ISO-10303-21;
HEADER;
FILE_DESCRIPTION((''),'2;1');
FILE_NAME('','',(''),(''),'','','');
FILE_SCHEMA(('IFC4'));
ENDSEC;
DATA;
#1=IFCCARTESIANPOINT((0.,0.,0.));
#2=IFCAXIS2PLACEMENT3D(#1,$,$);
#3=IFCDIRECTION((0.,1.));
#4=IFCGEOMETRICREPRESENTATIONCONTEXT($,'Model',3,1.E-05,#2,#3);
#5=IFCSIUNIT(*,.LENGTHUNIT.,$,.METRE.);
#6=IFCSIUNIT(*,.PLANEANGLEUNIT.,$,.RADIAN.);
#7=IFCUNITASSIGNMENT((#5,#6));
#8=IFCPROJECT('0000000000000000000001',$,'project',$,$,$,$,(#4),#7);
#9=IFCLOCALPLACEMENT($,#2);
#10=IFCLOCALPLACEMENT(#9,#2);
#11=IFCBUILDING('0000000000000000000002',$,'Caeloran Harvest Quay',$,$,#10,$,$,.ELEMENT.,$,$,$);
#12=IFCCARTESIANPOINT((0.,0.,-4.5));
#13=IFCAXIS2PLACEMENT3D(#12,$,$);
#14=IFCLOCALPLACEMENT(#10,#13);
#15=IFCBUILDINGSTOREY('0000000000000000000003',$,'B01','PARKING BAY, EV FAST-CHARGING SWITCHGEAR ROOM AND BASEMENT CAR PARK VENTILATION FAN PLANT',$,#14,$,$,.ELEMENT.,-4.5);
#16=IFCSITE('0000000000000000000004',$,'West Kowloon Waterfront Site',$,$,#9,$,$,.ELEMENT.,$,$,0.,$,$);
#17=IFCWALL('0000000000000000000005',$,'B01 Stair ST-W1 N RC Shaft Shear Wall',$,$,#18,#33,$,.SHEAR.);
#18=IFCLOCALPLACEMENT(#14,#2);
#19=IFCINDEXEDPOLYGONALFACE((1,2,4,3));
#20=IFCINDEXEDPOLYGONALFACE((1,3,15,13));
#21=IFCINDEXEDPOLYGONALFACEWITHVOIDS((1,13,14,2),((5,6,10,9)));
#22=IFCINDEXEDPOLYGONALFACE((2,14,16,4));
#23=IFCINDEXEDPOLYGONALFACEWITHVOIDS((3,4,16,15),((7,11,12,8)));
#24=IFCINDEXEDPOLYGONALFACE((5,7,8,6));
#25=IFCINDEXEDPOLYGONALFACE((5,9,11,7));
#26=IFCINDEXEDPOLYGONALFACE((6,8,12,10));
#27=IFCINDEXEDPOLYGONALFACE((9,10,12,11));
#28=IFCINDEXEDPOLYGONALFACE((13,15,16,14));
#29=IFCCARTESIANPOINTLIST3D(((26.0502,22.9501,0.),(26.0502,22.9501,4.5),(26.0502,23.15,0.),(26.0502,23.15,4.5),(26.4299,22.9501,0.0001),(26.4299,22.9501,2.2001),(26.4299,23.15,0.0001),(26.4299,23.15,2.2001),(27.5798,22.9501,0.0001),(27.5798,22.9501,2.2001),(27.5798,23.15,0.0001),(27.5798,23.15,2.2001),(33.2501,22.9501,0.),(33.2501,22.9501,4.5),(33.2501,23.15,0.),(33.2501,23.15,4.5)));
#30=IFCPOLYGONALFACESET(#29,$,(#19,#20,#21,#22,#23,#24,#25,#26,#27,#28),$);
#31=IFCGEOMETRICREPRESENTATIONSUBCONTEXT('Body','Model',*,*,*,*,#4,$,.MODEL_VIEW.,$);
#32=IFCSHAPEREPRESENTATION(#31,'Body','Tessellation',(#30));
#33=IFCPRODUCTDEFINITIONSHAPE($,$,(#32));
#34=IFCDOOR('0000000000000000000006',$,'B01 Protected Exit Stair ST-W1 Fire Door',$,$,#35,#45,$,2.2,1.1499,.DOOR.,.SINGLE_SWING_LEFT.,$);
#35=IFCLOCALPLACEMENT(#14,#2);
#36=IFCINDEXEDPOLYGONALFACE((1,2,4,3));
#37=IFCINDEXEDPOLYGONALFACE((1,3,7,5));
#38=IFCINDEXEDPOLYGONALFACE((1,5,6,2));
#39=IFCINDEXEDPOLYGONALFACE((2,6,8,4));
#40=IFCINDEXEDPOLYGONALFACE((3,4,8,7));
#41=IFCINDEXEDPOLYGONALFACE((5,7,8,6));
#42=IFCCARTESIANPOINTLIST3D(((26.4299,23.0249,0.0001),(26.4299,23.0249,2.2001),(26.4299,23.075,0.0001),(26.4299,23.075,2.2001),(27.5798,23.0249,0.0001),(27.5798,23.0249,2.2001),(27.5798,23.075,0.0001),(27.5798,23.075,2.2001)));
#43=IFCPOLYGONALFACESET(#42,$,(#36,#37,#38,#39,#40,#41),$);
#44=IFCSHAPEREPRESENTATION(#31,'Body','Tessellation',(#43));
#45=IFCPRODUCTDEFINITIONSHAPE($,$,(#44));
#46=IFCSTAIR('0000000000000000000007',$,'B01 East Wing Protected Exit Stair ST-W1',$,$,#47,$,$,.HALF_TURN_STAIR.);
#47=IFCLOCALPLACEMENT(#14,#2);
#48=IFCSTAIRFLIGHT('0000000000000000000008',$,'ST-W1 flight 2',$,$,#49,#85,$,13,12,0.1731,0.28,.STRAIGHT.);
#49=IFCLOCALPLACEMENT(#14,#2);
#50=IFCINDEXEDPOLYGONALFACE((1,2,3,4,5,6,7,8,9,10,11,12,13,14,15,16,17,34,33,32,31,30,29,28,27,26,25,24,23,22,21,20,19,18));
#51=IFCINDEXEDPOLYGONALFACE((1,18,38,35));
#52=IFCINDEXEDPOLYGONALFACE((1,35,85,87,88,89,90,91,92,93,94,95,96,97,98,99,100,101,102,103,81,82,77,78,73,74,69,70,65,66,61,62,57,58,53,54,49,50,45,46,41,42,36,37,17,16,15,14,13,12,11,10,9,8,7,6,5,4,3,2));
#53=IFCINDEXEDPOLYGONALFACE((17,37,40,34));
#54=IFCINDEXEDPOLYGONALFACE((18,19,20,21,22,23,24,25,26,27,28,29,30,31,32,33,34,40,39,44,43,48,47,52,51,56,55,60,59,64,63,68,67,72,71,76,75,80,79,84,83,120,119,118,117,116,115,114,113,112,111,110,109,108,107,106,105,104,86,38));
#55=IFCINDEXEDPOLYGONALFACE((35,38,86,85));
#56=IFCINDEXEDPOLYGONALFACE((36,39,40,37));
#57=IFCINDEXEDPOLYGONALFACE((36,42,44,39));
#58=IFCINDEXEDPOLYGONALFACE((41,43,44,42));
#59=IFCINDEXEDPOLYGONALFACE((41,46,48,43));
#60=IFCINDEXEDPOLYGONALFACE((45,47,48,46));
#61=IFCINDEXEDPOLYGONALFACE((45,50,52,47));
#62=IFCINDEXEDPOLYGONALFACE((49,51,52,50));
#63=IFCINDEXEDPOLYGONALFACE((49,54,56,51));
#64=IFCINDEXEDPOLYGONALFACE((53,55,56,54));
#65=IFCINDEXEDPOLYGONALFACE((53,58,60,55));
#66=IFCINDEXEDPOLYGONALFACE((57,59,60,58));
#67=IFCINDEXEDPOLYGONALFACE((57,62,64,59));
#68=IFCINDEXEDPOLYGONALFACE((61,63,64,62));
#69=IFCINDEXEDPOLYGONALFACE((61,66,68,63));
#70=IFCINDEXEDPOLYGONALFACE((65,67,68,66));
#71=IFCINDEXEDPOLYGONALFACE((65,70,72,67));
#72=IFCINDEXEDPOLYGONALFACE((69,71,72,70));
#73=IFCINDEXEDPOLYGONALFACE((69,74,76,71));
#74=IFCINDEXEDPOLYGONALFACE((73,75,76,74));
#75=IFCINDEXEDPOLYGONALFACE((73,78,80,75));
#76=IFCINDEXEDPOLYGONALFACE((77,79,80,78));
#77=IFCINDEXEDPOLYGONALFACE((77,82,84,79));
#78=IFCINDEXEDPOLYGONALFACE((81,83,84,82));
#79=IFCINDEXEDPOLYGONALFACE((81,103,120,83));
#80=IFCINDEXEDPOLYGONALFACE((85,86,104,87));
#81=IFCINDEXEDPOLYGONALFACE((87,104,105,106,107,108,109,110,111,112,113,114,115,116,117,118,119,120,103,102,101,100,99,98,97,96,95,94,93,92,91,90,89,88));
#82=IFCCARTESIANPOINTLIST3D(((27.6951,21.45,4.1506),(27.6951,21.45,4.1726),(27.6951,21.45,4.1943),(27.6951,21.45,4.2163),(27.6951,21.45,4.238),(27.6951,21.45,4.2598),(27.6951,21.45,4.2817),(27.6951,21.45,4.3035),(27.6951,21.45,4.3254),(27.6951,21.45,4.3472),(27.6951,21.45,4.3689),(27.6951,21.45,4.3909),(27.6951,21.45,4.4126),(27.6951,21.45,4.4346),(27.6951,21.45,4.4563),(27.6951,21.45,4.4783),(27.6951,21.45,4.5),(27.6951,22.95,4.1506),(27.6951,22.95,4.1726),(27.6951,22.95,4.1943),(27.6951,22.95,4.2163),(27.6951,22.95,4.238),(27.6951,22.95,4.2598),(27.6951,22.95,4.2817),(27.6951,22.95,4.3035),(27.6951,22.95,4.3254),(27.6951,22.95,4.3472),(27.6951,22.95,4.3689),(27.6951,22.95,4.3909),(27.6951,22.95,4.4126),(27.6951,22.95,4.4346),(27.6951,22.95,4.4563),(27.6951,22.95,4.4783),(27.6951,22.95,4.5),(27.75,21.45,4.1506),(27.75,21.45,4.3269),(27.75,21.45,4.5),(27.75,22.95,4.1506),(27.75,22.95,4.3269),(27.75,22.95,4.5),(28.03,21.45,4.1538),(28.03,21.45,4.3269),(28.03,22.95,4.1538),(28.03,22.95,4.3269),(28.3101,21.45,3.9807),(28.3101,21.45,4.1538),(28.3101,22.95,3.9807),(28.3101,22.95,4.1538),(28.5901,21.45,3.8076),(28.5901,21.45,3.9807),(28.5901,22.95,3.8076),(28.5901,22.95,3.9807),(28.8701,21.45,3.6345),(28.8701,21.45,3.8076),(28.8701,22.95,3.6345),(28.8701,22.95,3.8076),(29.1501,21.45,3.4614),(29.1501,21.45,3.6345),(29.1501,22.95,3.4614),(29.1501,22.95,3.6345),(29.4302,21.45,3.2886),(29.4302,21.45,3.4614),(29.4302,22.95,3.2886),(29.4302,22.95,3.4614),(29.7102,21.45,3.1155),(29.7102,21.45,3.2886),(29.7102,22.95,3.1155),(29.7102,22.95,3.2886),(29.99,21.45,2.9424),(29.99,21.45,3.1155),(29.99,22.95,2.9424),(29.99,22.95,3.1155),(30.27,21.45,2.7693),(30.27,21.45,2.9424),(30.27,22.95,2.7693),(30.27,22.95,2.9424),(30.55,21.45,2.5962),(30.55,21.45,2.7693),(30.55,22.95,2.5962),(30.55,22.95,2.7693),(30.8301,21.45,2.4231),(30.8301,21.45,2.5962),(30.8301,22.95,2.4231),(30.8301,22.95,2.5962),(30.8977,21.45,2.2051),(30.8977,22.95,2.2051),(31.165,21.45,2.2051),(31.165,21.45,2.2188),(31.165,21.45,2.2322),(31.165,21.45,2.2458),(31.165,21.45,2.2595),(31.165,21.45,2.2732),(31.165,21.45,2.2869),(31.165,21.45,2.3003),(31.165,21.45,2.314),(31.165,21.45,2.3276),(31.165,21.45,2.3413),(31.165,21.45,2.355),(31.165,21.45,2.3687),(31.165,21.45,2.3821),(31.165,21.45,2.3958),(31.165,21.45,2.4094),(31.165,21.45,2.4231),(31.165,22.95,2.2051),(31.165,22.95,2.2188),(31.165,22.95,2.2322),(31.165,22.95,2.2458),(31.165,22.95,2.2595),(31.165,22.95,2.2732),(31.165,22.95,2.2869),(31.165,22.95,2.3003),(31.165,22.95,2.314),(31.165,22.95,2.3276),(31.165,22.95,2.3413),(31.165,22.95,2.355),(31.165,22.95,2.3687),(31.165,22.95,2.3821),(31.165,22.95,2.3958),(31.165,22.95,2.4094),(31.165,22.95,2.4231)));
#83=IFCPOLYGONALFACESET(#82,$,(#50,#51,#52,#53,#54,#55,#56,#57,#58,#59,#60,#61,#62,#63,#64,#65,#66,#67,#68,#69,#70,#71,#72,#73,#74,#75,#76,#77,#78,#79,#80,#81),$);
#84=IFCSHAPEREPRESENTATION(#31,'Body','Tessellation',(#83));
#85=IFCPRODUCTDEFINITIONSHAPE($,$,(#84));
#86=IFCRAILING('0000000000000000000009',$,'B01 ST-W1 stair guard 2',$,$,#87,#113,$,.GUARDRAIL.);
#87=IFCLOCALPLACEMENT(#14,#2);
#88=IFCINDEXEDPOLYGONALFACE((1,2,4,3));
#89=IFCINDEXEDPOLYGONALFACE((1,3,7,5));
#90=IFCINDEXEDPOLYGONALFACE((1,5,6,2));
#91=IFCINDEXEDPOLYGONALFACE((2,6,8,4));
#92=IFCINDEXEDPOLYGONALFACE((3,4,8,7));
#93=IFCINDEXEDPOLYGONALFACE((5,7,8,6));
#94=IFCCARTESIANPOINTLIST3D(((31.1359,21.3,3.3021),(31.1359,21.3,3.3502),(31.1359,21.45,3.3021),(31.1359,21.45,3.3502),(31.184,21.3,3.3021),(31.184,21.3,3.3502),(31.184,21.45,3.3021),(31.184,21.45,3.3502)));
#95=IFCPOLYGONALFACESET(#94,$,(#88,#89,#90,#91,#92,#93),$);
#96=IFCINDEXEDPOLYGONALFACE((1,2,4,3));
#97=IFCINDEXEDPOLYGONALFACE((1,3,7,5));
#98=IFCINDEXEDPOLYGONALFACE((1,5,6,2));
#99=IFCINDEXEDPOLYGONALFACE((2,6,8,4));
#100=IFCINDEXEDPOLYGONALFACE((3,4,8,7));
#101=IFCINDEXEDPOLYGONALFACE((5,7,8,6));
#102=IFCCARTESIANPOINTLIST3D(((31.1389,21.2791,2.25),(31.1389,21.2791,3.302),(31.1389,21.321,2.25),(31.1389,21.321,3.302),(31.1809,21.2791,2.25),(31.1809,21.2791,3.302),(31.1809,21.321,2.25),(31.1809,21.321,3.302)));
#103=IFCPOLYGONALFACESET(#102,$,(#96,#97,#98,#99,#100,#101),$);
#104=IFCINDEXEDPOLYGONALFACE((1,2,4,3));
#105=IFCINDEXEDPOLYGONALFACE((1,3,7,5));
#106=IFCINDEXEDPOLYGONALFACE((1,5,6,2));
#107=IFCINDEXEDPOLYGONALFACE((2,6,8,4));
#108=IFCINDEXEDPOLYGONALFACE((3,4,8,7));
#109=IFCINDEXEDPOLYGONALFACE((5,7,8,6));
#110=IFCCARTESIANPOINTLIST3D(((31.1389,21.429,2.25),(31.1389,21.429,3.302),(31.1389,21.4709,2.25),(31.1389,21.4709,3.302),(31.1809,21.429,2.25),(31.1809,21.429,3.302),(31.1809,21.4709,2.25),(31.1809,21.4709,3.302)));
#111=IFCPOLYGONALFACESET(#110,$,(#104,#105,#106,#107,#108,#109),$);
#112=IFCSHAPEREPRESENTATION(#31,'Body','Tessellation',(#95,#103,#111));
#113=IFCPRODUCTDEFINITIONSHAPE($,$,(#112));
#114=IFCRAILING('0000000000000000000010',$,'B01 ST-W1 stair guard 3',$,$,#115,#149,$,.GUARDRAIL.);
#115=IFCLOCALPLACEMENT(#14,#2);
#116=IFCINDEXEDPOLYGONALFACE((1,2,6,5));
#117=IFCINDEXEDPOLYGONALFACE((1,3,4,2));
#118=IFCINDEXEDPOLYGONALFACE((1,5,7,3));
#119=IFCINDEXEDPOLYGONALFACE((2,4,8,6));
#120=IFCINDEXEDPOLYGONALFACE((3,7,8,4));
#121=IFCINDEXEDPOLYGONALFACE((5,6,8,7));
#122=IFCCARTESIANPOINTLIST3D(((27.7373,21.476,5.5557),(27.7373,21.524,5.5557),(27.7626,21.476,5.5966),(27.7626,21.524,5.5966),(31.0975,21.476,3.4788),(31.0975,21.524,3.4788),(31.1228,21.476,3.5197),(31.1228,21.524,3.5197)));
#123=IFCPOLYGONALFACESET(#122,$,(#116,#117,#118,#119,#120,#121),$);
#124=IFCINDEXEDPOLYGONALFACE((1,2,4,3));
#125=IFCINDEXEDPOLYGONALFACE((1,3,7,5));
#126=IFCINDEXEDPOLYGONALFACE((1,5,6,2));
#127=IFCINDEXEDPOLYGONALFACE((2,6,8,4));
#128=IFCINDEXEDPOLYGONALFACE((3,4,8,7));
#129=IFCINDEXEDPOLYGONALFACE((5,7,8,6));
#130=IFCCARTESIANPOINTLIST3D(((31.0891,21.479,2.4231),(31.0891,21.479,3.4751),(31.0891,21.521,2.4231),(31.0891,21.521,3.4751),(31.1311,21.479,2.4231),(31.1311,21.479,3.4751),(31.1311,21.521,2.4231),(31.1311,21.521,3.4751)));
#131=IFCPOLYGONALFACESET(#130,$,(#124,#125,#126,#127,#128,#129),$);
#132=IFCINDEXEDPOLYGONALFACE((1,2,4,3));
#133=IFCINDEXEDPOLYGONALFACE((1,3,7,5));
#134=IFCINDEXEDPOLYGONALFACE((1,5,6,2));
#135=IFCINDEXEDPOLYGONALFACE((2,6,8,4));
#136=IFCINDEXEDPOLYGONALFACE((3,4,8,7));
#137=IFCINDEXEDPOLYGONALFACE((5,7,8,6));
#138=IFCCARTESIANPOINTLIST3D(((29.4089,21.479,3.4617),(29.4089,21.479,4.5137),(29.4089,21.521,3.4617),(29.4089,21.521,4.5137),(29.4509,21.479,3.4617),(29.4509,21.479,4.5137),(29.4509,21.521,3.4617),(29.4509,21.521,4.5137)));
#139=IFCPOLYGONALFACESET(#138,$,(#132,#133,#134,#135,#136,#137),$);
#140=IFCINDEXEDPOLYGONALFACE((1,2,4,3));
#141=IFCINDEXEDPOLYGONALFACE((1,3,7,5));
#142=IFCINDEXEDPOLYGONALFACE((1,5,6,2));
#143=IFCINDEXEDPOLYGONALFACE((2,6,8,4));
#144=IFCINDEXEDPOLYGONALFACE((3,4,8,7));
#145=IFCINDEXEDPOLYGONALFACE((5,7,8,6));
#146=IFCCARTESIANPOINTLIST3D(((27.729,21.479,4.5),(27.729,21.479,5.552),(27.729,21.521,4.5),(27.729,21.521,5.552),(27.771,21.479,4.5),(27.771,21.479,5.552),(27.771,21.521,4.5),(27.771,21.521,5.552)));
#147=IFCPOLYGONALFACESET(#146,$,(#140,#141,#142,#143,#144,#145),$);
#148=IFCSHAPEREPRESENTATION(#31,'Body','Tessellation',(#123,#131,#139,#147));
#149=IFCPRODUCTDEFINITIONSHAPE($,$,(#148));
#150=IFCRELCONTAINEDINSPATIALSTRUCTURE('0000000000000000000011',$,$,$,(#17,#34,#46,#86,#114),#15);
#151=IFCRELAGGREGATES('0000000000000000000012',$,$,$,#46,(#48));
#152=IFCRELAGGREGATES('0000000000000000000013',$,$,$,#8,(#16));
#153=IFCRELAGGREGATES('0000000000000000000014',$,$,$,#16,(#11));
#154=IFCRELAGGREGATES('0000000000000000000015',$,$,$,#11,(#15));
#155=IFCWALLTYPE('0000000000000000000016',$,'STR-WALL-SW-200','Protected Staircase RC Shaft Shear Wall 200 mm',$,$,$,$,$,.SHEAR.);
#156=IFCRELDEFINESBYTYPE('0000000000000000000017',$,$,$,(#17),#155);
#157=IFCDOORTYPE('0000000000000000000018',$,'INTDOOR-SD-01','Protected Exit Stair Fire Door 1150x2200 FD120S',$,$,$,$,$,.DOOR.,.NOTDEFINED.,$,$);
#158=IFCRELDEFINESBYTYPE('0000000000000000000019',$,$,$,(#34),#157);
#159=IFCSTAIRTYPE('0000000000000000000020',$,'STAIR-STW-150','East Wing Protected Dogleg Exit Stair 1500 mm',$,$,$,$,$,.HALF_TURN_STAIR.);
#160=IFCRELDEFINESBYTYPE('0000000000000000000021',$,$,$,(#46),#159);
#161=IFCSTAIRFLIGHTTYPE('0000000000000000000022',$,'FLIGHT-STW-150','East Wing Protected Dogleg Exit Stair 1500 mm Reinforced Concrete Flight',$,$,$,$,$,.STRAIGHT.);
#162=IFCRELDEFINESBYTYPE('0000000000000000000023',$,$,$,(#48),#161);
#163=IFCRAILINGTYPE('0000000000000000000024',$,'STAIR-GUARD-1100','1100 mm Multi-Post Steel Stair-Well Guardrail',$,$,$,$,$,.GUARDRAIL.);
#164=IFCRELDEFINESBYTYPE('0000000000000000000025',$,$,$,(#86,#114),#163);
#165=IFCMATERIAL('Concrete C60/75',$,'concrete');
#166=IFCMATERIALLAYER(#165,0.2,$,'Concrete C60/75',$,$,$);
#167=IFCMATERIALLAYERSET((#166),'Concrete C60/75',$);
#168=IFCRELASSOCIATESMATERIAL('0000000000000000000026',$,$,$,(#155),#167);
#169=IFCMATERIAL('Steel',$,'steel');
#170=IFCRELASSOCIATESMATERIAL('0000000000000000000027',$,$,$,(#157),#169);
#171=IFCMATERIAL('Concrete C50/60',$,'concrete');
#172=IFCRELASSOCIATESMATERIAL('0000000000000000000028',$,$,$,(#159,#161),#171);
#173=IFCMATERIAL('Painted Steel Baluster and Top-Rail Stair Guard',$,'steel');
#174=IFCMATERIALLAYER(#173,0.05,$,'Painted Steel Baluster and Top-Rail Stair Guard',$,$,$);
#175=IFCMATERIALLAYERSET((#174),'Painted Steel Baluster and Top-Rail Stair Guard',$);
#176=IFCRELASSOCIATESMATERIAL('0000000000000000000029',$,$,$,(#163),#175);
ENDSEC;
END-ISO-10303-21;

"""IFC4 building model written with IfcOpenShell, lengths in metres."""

from ifc_helpers import new_model, si_unit, direction, frame, frame_2d, origin, origin_2d, place, context, subcontext, project, spatial, polyline, rectangle, outline, extrude, material, layer, layer_set, type_object, element, fill, aggregate, save


model = new_model("IFC4")

# Units and contexts
model_context = context("Model", 3, precision=1e-05, world=origin(), true_north=direction((0.0, 1.0)))
body_context = subcontext(model_context, "Body", "Model", "MODEL_VIEW")
ifc_project = project(units=[si_unit("LENGTHUNIT", "METRE"), si_unit("PLANEANGLEUNIT", "RADIAN")], contexts=[model_context])

# Site, building, storey
site_placement = place(None, origin())
site = spatial("IfcSite", under=ifc_project, at=site_placement, Name="West Kowloon Waterfront Site", CompositionType="ELEMENT", RefElevation=0.0)
building_placement = place(site_placement, origin())
building = spatial("IfcBuilding", under=site, at=building_placement, Name="Caeloran Harvest Quay", CompositionType="ELEMENT")
storey_placement = place(building_placement, frame((0.0, 0.0, -4.5)))
storey = spatial("IfcBuildingStorey", under=building, at=storey_placement, Name="B01", Description="PARKING BAY, EV FAST-CHARGING SWITCHGEAR ROOM AND BASEMENT CAR PARK VENTILATION FAN PLANT", CompositionType="ELEMENT", Elevation=-4.5)

# Wall, opening, door
ifc_material_1 = material(Name="Concrete C60/75", Category="concrete")
ifc_layer_1 = layer(ifc_material_1, 0.2, Name="Concrete C60/75")
ifc_layer_set_1 = layer_set([ifc_layer_1], Name="Concrete C60/75")
wall_type = type_object("IfcWallType", Name="STR-WALL-SW-200", Description="Protected Staircase RC Shaft Shear Wall 200 mm", PredefinedType="SHEAR", material=ifc_layer_set_1)
wall_placement = place(storey_placement, frame((26.05, 23.05, 0.0), z_axis=(0.0, 0.0, 1.0), x_axis=(1.0, 0.0, 0.0)))
wall = element("IfcWall", 1, at=wall_placement, inside=storey, type_object=wall_type, Name="B01 Stair ST-W1 N RC Shaft Shear Wall", PredefinedType="SHEAR", context=body_context, shape_type="SweptSolid", body=[
    extrude(rectangle(XDim=7.2, YDim=0.2, at=frame_2d((3.6001, 0.0))), origin(), (0.0, 0.0, 1.0), 4.5),
])
opening_placement = place(wall_placement, frame((0.3799, 0.0, 0.0)))
opening = element("IfcOpeningElement", 2, at=opening_placement, cuts=wall, PredefinedType="OPENING", context=body_context, shape_type="SweptSolid", body=[
    extrude(rectangle(XDim=1.1499, YDim=2.2, at=frame_2d((0.575, 1.1001))), frame((0.0, 0.1099, 0.0), z_axis=(0.0, -1.0, 0.0), x_axis=(1.0, 0.0, 0.0)), (0.0, 0.0, 1.0), 0.22),
])
ifc_material_2 = material(Name="Steel", Category="steel")
door_type = type_object("IfcDoorType", Name="INTDOOR-SD-01", Description="Protected Exit Stair Fire Door 1150x2200 FD120S", OperationType="NOTDEFINED", PredefinedType="DOOR", material=ifc_material_2)
door_placement = place(opening_placement, origin())
door = element("IfcDoor", 3, at=door_placement, inside=storey, type_object=door_type, Name="B01 Protected Exit Stair ST-W1 Fire Door", OperationType="SINGLE_SWING_LEFT", OverallHeight=2.2, OverallWidth=1.1499, PredefinedType="DOOR", context=body_context, shape_type="SweptSolid", body=[
    extrude(rectangle(XDim=1.1499, YDim=2.2, at=frame_2d((0.575, 1.1001))), frame((0.0, 0.0249, 0.0), z_axis=(0.0, -1.0, 0.0), x_axis=(1.0, 0.0, 0.0)), (0.0, 0.0, 1.0), 0.05),
])
fill(opening, door)

# Stair, stair flight
ifc_material_3 = material(Name="Concrete C50/60", Category="concrete")
stair_type = type_object("IfcStairType", Name="STAIR-STW-150", Description="East Wing Protected Dogleg Exit Stair 1500 mm", PredefinedType="HALF_TURN_STAIR", material=ifc_material_3)
stair_placement = place(storey_placement, origin())
stair = element("IfcStair", 4, at=stair_placement, inside=storey, type_object=stair_type, Name="B01 East Wing Protected Exit Stair ST-W1", PredefinedType="HALF_TURN_STAIR")
stair_flight_type = type_object("IfcStairFlightType", Name="FLIGHT-STW-150", Description="East Wing Protected Dogleg Exit Stair 1500 mm Reinforced Concrete Flight", PredefinedType="STRAIGHT", material=ifc_material_3)
stair_flight_placement = place(storey_placement, frame((31.1101, 22.2, 2.25), z_axis=(0.0, 0.0, 1.0), x_axis=(-1.0, 0.0, 0.0)))
stair_flight = element("IfcStairFlight", 5, at=stair_flight_placement, type_object=stair_flight_type, Name="ST-W1 flight 2", NumberOfRisers=13, NumberOfTreads=12, PredefinedType="STRAIGHT", RiserHeight=0.1731, TreadLength=0.28, context=body_context, shape_type="SweptSolid", body=[
    extrude(outline(polyline([(-0.0549, -0.0449), (-0.0549, -0.0312), (-0.0549, -0.0178), (-0.0549, -0.0042), (-0.0549, 0.0095), (-0.0549, 0.0232), (-0.0549, 0.0369), (-0.0549, 0.0503), (-0.0549, 0.064), (-0.0549, 0.0776), (-0.0549, 0.0913), (-0.0549, 0.105), (-0.0549, 0.1187), (-0.0549, 0.1321), (-0.0549, 0.1458), (-0.0549, 0.1594), (-0.0549, 0.1731), (0.28, 0.1731), (0.28, 0.3462), (0.5601, 0.3462), (0.5601, 0.5193), (0.8401, 0.5193), (0.8401, 0.6924), (1.1201, 0.6924), (1.1201, 0.8655), (1.3999, 0.8655), (1.3999, 1.0386), (1.6799, 1.0386), (1.6799, 1.2114), (1.96, 1.2114), (1.96, 1.3845), (2.24, 1.3845), (2.24, 1.5576), (2.52, 1.5576), (2.52, 1.7307), (2.8, 1.7307), (2.8, 1.9038), (3.0801, 1.9038), (3.0801, 2.0769), (3.3601, 2.0769), (3.3601, 2.25), (3.415, 2.25), (3.415, 2.2283), (3.415, 2.2063), (3.415, 2.1846), (3.415, 2.1626), (3.415, 2.1409), (3.415, 2.1189), (3.415, 2.0972), (3.415, 2.0754), (3.415, 2.0535), (3.415, 2.0317), (3.415, 2.0098), (3.415, 1.988), (3.415, 1.9663), (3.415, 1.9443), (3.415, 1.9226), (3.415, 1.9006), (3.3601, 1.9006), (0.2124, -0.0449), (-0.0549, -0.0449)])), frame((0.0, 0.75, 0.0), z_axis=(0.0, -1.0, 0.0), x_axis=(1.0, 0.0, 0.0)), (0.0, 0.0, 1.0), 1.5),
])
aggregate(stair, [stair_flight])

# Railings
ifc_material_4 = material(Name="Painted Steel Baluster and Top-Rail Stair Guard", Category="steel")
ifc_layer_2 = layer(ifc_material_4, 0.05, Name="Painted Steel Baluster and Top-Rail Stair Guard")
ifc_layer_set_2 = layer_set([ifc_layer_2], Name="Painted Steel Baluster and Top-Rail Stair Guard")
railing_type_1 = type_object("IfcRailingType", Name="STAIR-GUARD-1100", Description="1100 mm Multi-Post Steel Stair-Well Guardrail", PredefinedType="GUARDRAIL", material=ifc_layer_set_2)
railing_1_placement = place(storey_placement, frame((31.1599, 21.3, 2.25)))
element("IfcRailing", 6, at=railing_1_placement, inside=storey, type_object=railing_type_1, Name="B01 ST-W1 stair guard 2", PredefinedType="GUARDRAIL", context=body_context, shape_type="SweptSolid", body=[
    extrude(rectangle(XDim=0.0481, YDim=0.0481, at=origin_2d()), frame((0.0, 0.0, 1.0762), z_axis=(0.0, 1.0, 0.0), x_axis=(-1.0, 0.0, 0.0)), (0.0, 0.0, 1.0), 0.1499),
    extrude(rectangle(XDim=0.042, YDim=0.042, at=origin_2d()), origin(), (0.0, 0.0, 1.0), 1.052),
    extrude(rectangle(XDim=0.042, YDim=0.042, at=origin_2d()), frame((0.0, 0.1499, 0.0)), (0.0, 0.0, 1.0), 1.052),
])
railing_2_placement = place(storey_placement, frame((31.1101, 21.5, 2.4231)))
element("IfcRailing", 7, at=railing_2_placement, inside=storey, type_object=railing_type_1, Name="B01 ST-W1 stair guard 3", PredefinedType="GUARDRAIL", context=body_context, shape_type="SweptSolid", body=[
    extrude(rectangle(XDim=0.0481, YDim=0.0481, at=origin_2d()), frame((0.0, 0.0, 1.0762), z_axis=(-0.850623, 0.0, 0.525776), x_axis=(0.0, -1.0, 0.0)), (0.0, 0.0, 1.0), 3.9502),
    extrude(rectangle(XDim=0.042, YDim=0.042, at=origin_2d()), origin(), (0.0, 0.0, 1.0), 1.052),
    extrude(rectangle(XDim=0.042, YDim=0.042, at=origin_2d()), frame((-1.6802, 0.0, 1.0386)), (0.0, 0.0, 1.0), 1.052),
    extrude(rectangle(XDim=0.042, YDim=0.042, at=origin_2d()), frame((-3.3601, 0.0, 2.0769)), (0.0, 0.0, 1.0), 1.052),
])

save(model, "model.ifc")
